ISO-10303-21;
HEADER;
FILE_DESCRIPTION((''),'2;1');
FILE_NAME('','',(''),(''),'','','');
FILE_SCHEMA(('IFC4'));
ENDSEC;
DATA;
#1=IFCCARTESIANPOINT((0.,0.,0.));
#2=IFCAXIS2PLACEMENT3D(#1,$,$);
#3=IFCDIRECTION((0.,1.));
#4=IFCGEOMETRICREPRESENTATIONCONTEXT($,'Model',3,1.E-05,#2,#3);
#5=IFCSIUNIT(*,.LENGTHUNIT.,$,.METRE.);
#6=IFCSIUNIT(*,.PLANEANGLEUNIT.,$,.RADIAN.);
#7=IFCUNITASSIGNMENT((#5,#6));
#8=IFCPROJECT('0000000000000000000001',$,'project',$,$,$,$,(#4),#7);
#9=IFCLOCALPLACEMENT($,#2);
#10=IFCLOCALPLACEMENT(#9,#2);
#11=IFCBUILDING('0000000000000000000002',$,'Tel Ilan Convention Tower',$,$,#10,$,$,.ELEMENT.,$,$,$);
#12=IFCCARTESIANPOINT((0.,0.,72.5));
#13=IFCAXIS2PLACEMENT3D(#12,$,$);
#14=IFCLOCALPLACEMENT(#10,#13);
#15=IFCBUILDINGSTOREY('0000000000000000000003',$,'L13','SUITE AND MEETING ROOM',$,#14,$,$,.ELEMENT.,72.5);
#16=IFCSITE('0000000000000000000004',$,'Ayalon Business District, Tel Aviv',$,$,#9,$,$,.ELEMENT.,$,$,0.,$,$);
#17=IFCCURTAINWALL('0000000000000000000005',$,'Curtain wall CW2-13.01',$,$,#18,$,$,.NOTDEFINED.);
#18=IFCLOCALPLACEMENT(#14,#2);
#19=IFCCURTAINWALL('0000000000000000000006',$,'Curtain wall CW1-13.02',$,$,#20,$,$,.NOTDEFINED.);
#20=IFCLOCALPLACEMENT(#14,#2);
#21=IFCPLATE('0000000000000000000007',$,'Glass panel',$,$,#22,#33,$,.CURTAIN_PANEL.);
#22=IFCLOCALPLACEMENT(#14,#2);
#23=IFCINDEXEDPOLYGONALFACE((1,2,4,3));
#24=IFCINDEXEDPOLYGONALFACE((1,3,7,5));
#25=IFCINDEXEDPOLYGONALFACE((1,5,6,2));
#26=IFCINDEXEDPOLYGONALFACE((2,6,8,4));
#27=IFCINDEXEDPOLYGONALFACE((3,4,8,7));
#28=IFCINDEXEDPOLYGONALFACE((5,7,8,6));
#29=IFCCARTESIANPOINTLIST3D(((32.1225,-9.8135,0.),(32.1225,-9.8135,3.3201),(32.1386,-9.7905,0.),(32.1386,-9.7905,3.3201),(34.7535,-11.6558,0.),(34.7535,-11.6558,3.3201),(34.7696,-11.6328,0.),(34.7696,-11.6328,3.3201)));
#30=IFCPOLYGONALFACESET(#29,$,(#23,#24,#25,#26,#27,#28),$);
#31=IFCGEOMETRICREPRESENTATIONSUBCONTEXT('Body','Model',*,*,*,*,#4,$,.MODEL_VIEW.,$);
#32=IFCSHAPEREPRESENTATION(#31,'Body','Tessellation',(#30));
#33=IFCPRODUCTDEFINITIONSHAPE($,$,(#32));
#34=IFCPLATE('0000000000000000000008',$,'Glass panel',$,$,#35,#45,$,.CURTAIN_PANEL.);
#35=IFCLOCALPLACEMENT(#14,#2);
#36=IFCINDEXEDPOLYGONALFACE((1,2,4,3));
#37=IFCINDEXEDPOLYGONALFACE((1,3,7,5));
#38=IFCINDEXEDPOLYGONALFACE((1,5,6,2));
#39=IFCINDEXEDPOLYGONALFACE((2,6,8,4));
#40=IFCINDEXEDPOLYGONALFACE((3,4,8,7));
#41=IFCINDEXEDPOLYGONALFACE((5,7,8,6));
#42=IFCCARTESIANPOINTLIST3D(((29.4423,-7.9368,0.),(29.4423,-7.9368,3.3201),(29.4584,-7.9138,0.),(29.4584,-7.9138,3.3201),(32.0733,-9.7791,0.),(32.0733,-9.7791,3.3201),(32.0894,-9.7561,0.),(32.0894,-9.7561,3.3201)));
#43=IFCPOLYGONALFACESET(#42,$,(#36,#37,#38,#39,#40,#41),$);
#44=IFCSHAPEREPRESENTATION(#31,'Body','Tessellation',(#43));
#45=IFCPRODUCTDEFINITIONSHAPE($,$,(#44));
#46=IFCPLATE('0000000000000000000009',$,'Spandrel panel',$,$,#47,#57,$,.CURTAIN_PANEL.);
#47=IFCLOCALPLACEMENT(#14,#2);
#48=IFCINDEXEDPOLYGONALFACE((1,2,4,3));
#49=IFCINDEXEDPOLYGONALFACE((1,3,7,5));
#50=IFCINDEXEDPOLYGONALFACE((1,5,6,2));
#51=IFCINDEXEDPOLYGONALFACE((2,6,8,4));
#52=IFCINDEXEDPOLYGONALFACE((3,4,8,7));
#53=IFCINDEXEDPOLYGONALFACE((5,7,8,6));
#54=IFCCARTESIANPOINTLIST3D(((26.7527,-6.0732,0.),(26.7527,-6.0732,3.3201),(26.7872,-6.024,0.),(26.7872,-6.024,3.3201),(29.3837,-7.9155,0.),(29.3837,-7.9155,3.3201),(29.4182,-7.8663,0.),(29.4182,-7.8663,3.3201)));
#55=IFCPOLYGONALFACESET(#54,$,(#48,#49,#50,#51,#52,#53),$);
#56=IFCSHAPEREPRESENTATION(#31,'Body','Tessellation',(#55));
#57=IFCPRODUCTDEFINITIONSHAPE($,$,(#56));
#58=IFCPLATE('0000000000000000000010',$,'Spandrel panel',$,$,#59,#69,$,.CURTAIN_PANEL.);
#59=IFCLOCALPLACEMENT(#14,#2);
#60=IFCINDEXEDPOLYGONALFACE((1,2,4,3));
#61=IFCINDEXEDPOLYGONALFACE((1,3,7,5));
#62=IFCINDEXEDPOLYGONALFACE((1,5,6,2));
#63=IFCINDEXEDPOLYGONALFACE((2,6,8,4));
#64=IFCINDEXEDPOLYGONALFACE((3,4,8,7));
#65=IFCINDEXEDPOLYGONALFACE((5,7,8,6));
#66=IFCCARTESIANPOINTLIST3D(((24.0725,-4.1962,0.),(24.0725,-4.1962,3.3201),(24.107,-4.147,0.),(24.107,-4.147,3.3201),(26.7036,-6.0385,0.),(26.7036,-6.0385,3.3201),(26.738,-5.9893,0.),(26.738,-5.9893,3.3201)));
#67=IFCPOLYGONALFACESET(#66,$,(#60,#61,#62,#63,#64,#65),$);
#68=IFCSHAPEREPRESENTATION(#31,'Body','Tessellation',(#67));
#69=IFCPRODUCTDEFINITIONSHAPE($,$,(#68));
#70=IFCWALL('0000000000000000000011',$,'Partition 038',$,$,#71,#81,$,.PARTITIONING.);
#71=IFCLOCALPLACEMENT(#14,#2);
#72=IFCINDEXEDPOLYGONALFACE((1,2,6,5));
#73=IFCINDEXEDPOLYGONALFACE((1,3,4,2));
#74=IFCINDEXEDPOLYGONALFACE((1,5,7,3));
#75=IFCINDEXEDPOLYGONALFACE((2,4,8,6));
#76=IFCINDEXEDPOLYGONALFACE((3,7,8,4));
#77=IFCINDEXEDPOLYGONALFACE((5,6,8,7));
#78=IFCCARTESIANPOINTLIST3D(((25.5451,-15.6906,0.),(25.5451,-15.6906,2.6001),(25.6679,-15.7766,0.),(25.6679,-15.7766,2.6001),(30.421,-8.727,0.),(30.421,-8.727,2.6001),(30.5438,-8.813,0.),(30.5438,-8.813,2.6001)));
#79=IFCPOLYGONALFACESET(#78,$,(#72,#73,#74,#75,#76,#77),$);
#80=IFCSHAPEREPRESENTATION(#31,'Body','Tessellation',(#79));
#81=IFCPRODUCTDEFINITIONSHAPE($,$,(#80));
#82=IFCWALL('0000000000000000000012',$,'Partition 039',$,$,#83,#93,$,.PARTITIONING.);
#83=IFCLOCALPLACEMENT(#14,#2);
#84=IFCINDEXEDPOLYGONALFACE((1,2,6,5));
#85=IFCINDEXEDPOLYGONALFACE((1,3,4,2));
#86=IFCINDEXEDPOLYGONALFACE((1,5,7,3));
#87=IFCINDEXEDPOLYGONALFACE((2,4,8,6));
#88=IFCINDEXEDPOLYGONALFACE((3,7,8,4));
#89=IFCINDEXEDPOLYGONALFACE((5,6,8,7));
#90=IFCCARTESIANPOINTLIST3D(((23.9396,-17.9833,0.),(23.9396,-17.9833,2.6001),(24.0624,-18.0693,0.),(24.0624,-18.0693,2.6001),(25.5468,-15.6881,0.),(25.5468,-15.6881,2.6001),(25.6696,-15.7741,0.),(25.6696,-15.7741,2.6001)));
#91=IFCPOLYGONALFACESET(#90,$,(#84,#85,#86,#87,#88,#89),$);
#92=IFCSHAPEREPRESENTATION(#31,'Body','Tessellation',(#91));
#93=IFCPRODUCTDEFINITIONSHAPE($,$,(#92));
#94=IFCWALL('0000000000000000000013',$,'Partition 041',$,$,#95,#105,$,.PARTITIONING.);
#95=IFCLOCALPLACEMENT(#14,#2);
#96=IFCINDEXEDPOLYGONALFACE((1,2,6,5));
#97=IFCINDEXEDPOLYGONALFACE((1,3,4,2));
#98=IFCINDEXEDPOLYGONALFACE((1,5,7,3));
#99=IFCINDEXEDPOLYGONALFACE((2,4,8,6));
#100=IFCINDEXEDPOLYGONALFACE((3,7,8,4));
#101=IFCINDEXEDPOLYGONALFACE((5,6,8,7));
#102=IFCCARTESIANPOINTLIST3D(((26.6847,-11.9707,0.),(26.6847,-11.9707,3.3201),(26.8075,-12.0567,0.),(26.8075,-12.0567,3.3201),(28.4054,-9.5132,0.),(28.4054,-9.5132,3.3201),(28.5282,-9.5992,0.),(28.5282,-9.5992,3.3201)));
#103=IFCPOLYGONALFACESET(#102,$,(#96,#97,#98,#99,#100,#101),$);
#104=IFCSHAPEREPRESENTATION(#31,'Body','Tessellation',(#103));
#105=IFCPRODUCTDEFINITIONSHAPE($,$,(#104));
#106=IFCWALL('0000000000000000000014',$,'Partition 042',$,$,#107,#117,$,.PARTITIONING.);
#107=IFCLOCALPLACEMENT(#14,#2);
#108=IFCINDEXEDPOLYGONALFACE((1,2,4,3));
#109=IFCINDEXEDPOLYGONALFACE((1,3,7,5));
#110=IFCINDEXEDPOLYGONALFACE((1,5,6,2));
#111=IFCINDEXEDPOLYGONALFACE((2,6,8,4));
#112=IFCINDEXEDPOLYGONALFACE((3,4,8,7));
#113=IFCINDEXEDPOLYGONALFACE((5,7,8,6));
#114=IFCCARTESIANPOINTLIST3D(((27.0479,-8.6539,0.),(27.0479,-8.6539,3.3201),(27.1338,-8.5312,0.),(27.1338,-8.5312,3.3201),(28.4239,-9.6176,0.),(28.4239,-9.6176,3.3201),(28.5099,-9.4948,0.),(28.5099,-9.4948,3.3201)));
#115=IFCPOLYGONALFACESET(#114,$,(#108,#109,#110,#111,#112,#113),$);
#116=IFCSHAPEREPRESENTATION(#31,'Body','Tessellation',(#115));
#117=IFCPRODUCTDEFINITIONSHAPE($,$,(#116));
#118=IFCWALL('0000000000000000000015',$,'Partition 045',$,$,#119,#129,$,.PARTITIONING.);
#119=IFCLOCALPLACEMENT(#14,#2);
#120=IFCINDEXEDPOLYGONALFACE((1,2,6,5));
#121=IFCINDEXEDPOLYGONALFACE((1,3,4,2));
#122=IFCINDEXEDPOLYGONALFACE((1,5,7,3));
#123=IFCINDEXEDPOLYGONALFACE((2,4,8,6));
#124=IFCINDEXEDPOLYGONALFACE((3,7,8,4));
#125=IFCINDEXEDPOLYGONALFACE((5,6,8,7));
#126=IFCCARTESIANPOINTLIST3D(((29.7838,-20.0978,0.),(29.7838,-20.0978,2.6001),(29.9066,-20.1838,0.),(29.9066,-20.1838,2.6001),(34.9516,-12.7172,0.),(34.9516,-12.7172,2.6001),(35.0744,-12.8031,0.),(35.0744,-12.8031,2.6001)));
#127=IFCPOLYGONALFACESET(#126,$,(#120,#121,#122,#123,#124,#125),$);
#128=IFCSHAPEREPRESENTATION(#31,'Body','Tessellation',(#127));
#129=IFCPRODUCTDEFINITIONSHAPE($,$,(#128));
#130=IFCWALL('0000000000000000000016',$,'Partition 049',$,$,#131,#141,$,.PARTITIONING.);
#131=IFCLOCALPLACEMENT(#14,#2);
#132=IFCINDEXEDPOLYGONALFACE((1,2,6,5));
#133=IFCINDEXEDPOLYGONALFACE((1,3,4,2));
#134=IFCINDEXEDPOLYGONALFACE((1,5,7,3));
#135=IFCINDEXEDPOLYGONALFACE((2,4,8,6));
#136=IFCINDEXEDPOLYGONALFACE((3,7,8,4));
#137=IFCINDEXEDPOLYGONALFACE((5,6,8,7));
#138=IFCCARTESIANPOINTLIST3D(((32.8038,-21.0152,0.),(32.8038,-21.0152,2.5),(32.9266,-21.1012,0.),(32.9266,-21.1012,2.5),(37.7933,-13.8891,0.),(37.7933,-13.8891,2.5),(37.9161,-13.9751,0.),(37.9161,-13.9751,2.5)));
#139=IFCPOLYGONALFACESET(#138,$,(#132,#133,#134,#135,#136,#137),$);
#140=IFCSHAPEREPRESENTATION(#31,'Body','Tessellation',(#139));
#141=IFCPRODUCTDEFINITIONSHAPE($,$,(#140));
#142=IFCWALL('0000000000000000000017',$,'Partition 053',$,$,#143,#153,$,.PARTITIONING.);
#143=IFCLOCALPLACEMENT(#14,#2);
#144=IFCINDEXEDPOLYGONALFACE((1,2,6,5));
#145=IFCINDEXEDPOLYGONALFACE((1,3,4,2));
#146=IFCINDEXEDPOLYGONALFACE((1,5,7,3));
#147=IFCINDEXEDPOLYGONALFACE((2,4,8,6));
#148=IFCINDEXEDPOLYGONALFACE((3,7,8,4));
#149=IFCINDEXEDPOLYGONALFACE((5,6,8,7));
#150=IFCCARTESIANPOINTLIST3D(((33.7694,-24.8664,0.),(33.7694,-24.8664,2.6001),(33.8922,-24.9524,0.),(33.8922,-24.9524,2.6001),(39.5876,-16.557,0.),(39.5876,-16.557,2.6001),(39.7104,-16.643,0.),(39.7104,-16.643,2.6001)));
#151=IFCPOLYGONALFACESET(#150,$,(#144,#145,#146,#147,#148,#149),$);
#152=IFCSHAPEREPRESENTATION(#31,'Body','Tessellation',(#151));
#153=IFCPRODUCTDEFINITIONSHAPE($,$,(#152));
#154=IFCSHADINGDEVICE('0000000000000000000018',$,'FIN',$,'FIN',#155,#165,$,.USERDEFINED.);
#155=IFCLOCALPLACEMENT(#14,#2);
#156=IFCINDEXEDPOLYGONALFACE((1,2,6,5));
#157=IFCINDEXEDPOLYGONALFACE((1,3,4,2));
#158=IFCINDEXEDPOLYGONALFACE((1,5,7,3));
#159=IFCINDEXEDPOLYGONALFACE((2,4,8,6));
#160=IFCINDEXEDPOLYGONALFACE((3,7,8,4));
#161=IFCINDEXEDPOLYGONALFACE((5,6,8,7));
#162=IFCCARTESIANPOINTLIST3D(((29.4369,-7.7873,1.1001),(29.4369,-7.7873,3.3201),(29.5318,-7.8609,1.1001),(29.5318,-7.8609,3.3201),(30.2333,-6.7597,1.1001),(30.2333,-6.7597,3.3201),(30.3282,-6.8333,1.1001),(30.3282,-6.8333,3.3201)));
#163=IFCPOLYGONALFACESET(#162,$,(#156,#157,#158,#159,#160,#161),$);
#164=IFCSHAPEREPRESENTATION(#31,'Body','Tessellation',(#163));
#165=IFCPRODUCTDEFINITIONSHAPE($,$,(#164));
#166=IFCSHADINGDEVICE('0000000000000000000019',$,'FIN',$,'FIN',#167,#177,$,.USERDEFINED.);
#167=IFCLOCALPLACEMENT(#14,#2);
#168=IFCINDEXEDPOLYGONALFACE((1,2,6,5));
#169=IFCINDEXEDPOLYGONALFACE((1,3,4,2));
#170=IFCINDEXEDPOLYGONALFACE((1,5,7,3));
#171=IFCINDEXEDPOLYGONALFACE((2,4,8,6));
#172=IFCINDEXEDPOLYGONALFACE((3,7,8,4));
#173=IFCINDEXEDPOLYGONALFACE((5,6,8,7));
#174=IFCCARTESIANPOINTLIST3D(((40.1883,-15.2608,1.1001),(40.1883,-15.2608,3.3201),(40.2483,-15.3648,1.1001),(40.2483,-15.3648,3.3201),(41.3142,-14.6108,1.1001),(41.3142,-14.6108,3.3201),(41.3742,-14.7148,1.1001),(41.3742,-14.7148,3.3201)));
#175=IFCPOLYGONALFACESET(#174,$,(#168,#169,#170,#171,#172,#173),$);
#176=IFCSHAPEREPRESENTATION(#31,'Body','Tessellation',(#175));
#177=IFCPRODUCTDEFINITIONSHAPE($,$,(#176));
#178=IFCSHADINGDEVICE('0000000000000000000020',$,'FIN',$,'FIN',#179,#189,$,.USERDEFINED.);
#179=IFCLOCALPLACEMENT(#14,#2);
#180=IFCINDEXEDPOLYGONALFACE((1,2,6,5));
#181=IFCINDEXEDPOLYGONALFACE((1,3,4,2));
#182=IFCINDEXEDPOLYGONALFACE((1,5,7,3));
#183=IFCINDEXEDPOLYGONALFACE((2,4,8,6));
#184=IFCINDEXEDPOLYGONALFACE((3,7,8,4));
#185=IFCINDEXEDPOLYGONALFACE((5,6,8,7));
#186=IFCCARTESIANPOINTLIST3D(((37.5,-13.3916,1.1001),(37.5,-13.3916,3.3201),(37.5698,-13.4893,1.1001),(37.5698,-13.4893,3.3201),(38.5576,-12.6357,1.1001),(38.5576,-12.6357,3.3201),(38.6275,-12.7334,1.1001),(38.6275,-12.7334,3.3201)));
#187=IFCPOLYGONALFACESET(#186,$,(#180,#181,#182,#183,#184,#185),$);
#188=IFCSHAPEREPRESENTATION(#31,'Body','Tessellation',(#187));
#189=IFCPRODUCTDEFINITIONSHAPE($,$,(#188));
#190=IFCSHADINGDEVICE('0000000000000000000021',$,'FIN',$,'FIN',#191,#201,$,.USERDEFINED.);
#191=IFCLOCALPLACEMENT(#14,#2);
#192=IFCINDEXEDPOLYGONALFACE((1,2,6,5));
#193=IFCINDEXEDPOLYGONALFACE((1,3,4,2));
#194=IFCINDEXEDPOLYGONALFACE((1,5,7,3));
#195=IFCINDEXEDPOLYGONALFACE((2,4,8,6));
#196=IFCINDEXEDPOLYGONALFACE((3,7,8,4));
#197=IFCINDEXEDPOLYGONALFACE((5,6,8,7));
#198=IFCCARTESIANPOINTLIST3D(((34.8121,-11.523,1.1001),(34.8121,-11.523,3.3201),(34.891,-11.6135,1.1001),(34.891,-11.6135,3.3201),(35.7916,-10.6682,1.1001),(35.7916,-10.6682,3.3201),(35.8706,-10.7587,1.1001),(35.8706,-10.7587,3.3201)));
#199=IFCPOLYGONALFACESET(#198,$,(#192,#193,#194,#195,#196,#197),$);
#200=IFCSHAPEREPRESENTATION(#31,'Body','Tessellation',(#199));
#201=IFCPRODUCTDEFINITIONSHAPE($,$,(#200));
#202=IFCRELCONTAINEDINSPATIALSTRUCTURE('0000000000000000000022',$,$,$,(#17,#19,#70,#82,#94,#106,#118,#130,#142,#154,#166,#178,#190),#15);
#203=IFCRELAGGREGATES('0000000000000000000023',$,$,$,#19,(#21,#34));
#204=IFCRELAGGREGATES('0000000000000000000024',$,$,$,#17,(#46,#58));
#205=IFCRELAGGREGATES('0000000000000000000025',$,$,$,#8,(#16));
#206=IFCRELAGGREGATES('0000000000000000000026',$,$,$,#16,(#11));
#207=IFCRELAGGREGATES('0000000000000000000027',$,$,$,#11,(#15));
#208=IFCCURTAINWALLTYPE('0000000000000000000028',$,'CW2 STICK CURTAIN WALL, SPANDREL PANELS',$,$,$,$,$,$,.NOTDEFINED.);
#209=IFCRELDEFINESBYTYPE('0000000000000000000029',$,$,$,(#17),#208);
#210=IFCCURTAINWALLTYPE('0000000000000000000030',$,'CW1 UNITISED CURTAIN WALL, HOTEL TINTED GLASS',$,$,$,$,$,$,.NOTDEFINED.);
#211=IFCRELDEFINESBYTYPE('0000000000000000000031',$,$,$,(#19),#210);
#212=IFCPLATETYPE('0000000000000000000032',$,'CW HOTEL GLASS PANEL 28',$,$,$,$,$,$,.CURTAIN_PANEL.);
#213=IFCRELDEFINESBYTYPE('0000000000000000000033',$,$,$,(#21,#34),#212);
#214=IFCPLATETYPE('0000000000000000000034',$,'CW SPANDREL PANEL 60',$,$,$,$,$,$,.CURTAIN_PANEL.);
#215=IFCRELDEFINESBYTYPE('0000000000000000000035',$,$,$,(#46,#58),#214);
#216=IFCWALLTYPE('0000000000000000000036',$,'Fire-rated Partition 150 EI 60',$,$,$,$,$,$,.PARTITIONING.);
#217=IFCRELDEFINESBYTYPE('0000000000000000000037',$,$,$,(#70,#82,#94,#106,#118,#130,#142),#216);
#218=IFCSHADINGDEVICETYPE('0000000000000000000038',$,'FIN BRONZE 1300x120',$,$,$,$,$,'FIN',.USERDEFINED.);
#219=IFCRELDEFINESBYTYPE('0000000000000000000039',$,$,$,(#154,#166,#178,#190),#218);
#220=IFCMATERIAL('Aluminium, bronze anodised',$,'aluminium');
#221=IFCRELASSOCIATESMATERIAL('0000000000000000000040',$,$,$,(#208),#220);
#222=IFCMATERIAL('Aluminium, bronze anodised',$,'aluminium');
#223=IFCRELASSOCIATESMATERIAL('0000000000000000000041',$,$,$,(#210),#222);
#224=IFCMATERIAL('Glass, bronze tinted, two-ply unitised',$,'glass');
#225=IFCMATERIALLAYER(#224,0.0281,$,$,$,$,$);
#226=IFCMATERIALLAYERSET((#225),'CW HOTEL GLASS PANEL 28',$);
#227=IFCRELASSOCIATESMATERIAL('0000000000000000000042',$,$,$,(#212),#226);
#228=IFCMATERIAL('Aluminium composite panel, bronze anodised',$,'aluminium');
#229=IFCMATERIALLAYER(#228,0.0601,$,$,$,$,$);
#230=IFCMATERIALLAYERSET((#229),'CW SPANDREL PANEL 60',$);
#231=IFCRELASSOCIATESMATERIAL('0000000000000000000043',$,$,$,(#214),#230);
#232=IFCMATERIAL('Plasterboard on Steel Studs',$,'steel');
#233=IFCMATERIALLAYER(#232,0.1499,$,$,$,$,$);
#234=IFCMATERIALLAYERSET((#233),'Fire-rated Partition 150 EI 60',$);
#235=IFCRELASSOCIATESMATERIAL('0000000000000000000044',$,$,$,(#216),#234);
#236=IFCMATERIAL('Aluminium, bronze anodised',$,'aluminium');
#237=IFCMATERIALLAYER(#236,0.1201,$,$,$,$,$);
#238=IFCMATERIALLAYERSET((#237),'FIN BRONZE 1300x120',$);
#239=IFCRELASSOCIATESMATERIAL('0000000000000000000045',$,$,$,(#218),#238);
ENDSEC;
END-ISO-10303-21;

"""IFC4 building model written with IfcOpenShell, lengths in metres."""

from ifc_helpers import new_model, si_unit, direction, frame, frame_2d, origin, origin_2d, place, context, subcontext, project, spatial, rectangle, extrude, material, layer, layer_set, type_object, element, aggregate, save


model = new_model("IFC4")

# Units and contexts
model_context = context("Model", 3, precision=1e-05, world=origin(), true_north=direction((0.0, 1.0)))
body_context = subcontext(model_context, "Body", "Model", "MODEL_VIEW")
ifc_project = project(units=[si_unit("LENGTHUNIT", "METRE"), si_unit("PLANEANGLEUNIT", "RADIAN")], contexts=[model_context])

# Site, building, storey
site_placement = place(None, origin())
site = spatial("IfcSite", under=ifc_project, at=site_placement, Name="Ayalon Business District, Tel Aviv", CompositionType="ELEMENT", RefElevation=0.0)
building_placement = place(site_placement, origin())
building = spatial("IfcBuilding", under=site, at=building_placement, Name="Tel Ilan Convention Tower", CompositionType="ELEMENT")
storey_placement = place(building_placement, frame((0.0, 0.0, 72.5)))
storey = spatial("IfcBuildingStorey", under=building, at=storey_placement, Name="L13", Description="SUITE AND MEETING ROOM", CompositionType="ELEMENT", Elevation=72.5)

# Curtain walls
ifc_material_1 = material(Name="Aluminium, bronze anodised", Category="aluminium")
curtain_wall_type_1 = type_object("IfcCurtainWallType", Name="CW2 STICK CURTAIN WALL, SPANDREL PANELS", PredefinedType="NOTDEFINED", material=ifc_material_1)
curtain_wall_1_placement = place(storey_placement, origin())
curtain_wall_1 = element("IfcCurtainWall", 1, at=curtain_wall_1_placement, inside=storey, type_object=curtain_wall_type_1, Name="Curtain wall CW2-13.01", PredefinedType="NOTDEFINED")
ifc_material_2 = material(Name="Aluminium, bronze anodised", Category="aluminium")
curtain_wall_type_2 = type_object("IfcCurtainWallType", Name="CW1 UNITISED CURTAIN WALL, HOTEL TINTED GLASS", PredefinedType="NOTDEFINED", material=ifc_material_2)
curtain_wall_2_placement = place(storey_placement, origin())
curtain_wall_2 = element("IfcCurtainWall", 2, at=curtain_wall_2_placement, inside=storey, type_object=curtain_wall_type_2, Name="Curtain wall CW1-13.02", PredefinedType="NOTDEFINED")

# Plates
ifc_material_3 = material(Name="Glass, bronze tinted, two-ply unitised", Category="glass")
ifc_layer_1 = layer(ifc_material_3, 0.0281)
ifc_layer_set_1 = layer_set([ifc_layer_1], Name="CW HOTEL GLASS PANEL 28")
plate_type_1 = type_object("IfcPlateType", Name="CW HOTEL GLASS PANEL 28", PredefinedType="CURTAIN_PANEL", material=ifc_layer_set_1)
plate_1_placement = place(storey_placement, frame((33.446, -10.7231, 0.0), z_axis=(0.0, 0.0, 1.0), x_axis=(-0.819152, 0.573576, 0.0)))
plate_1 = element("IfcPlate", 3, at=plate_1_placement, type_object=plate_type_1, Name="Glass panel", PredefinedType="CURTAIN_PANEL", context=body_context, shape_type="SweptSolid", body=[
    extrude(rectangle(XDim=3.2119, YDim=0.0281, at=origin_2d()), origin(), (0.0, 0.0, 1.0), 3.3201),
])
plate_2_placement = place(storey_placement, frame((30.7659, -8.8464, 0.0), z_axis=(0.0, 0.0, 1.0), x_axis=(-0.819152, 0.573576, 0.0)))
plate_2 = element("IfcPlate", 4, at=plate_2_placement, type_object=plate_type_1, Name="Glass panel", PredefinedType="CURTAIN_PANEL", context=body_context, shape_type="SweptSolid", body=[
    extrude(rectangle(XDim=3.2119, YDim=0.0281, at=origin_2d()), origin(), (0.0, 0.0, 1.0), 3.3201),
])
aggregate(curtain_wall_2, [plate_1, plate_2])
ifc_material_4 = material(Name="Aluminium composite panel, bronze anodised", Category="aluminium")
ifc_layer_2 = layer(ifc_material_4, 0.0601)
ifc_layer_set_2 = layer_set([ifc_layer_2], Name="CW SPANDREL PANEL 60")
plate_type_2 = type_object("IfcPlateType", Name="CW SPANDREL PANEL 60", PredefinedType="CURTAIN_PANEL", material=ifc_layer_set_2)
plate_3_placement = place(storey_placement, frame((28.0854, -6.9697, 0.0), z_axis=(0.0, 0.0, 1.0), x_axis=(-0.819152, 0.573576, 0.0)))
plate_3 = element("IfcPlate", 5, at=plate_3_placement, type_object=plate_type_2, Name="Spandrel panel", PredefinedType="CURTAIN_PANEL", context=body_context, shape_type="SweptSolid", body=[
    extrude(rectangle(XDim=3.2119, YDim=0.0601, at=origin_2d()), origin(), (0.0, 0.0, 1.0), 3.3201),
])
plate_4_placement = place(storey_placement, frame((25.4053, -5.0928, 0.0), z_axis=(0.0, 0.0, 1.0), x_axis=(-0.819152, 0.573576, 0.0)))
plate_4 = element("IfcPlate", 6, at=plate_4_placement, type_object=plate_type_2, Name="Spandrel panel", PredefinedType="CURTAIN_PANEL", context=body_context, shape_type="SweptSolid", body=[
    extrude(rectangle(XDim=3.2119, YDim=0.0601, at=origin_2d()), origin(), (0.0, 0.0, 1.0), 3.3201),
])
aggregate(curtain_wall_1, [plate_3, plate_4])

# Walls
ifc_material_5 = material(Name="Plasterboard on Steel Studs", Category="steel")
ifc_layer_3 = layer(ifc_material_5, 0.1499)
ifc_layer_set_3 = layer_set([ifc_layer_3], Name="Fire-rated Partition 150 EI 60")
wall_type = type_object("IfcWallType", Name="Fire-rated Partition 150 EI 60", PredefinedType="PARTITIONING", material=ifc_layer_set_3)
wall_1_placement = place(storey_placement, frame((30.4824, -8.77, 0.0), z_axis=(0.0, 0.0, 1.0), x_axis=(-0.573576, -0.819152, 0.0)))
element("IfcWall", 7, at=wall_1_placement, inside=storey, type_object=wall_type, Name="Partition 038", PredefinedType="PARTITIONING", context=body_context, shape_type="SweptSolid", body=[
    extrude(rectangle(XDim=8.501, YDim=0.1499, at=frame_2d((4.2505, 0.0))), origin(), (0.0, 0.0, 1.0), 2.6001),
])
wall_2_placement = place(storey_placement, frame((25.6082, -15.7312, 0.0), z_axis=(0.0, 0.0, 1.0), x_axis=(-0.573597, -0.819138, 0.0)))
element("IfcWall", 8, at=wall_2_placement, inside=storey, type_object=wall_type, Name="Partition 039", PredefinedType="PARTITIONING", context=body_context, shape_type="SweptSolid", body=[
    extrude(rectangle(XDim=2.802, YDim=0.1499, at=frame_2d((1.4009, 0.0))), origin(), (0.0, 0.0, 1.0), 2.6001),
])
wall_3_placement = place(storey_placement, frame((26.7461, -12.0137, 0.0), z_axis=(0.0, 0.0, 1.0), x_axis=(0.573561, 0.819163, 0.0)))
element("IfcWall", 9, at=wall_3_placement, inside=storey, type_object=wall_type, Name="Partition 041", PredefinedType="PARTITIONING", context=body_context, shape_type="SweptSolid", body=[
    extrude(rectangle(XDim=3.0, YDim=0.1499, at=frame_2d((1.5, 0.0))), origin(), (0.0, 0.0, 1.0), 3.3201),
])
wall_4_placement = place(storey_placement, frame((28.4668, -9.5562, 0.0), z_axis=(0.0, 0.0, 1.0), x_axis=(-0.819109, 0.573638, 0.0)))
element("IfcWall", 10, at=wall_4_placement, inside=storey, type_object=wall_type, Name="Partition 042", PredefinedType="PARTITIONING", context=body_context, shape_type="SweptSolid", body=[
    extrude(rectangle(XDim=1.6799, YDim=0.1499, at=frame_2d((0.8398, 0.0))), origin(), (0.0, 0.0, 1.0), 3.3201),
])
wall_5_placement = place(storey_placement, frame((35.0129, -12.7603, 0.0), z_axis=(0.0, 0.0, 1.0), x_axis=(-0.573559, -0.819164, 0.0)))
element("IfcWall", 11, at=wall_5_placement, inside=storey, type_object=wall_type, Name="Partition 045", PredefinedType="PARTITIONING", context=body_context, shape_type="SweptSolid", body=[
    extrude(rectangle(XDim=9.01, YDim=0.1499, at=frame_2d((4.5049, 0.0))), origin(), (0.0, 0.0, 1.0), 2.6001),
])
wall_6_placement = place(storey_placement, frame((37.8547, -13.9321, 0.0), z_axis=(0.0, 0.0, 1.0), x_axis=(-0.573564, -0.819161, 0.0)))
element("IfcWall", 12, at=wall_6_placement, inside=storey, type_object=wall_type, Name="Partition 049", PredefinedType="PARTITIONING", context=body_context, shape_type="SweptSolid", body=[
    extrude(rectangle(XDim=8.6992, YDim=0.1499, at=frame_2d((4.3496, 0.0))), origin(), (0.0, 0.0, 1.0), 2.5),
])
wall_7_placement = place(storey_placement, frame((39.6489, -16.6001, 0.0), z_axis=(0.0, 0.0, 1.0), x_axis=(-0.573567, -0.819158, 0.0)))
element("IfcWall", 13, at=wall_7_placement, inside=storey, type_object=wall_type, Name="Partition 053", PredefinedType="PARTITIONING", context=body_context, shape_type="SweptSolid", body=[
    extrude(rectangle(XDim=10.1438, YDim=0.1499, at=frame_2d((5.0718, 0.0))), origin(), (0.0, 0.0, 1.0), 2.6001),
])

# Shading devices
ifc_material_6 = material(Name="Aluminium, bronze anodised", Category="aluminium")
ifc_layer_4 = layer(ifc_material_6, 0.1201)
ifc_layer_set_4 = layer_set([ifc_layer_4], Name="FIN BRONZE 1300x120")
shading_device_type = type_object("IfcShadingDeviceType", Name="FIN BRONZE 1300x120", ElementType="FIN", PredefinedType="USERDEFINED", material=ifc_layer_set_4)
for number, where, z_axis, x_axis, name in (
    (14, (29.8826, -7.3103, 1.1001), (0.0, 0.0, 1.0), (0.612601, 0.790393, 0.0), "FIN"),
    (15, (40.7812, -14.9878, 1.1001), (0.0, 0.0, 1.0), (0.866025, 0.5, 0.0), "FIN"),
    (16, (38.0637, -13.0625, 1.1001), (0.0, 0.0, 1.0), (0.813552, 0.581492, 0.0), "FIN"),
    (17, (35.3413, -11.1409, 1.1001), (0.0, 0.0, 1.0), (0.753436, 0.657521, 0.0), "FIN"),
):
    element("IfcShadingDevice", number, at=place(storey_placement, frame(where, z_axis=z_axis, x_axis=x_axis)), inside=storey, type_object=shading_device_type, Name=name, ObjectType="FIN", PredefinedType="USERDEFINED", context=body_context, shape_type="SweptSolid", body=[
        extrude(rectangle(XDim=1.3, YDim=0.1201, at=origin_2d()), origin(), (0.0, 0.0, 1.0), 2.22),
    ])

save(model, "model.ifc")
